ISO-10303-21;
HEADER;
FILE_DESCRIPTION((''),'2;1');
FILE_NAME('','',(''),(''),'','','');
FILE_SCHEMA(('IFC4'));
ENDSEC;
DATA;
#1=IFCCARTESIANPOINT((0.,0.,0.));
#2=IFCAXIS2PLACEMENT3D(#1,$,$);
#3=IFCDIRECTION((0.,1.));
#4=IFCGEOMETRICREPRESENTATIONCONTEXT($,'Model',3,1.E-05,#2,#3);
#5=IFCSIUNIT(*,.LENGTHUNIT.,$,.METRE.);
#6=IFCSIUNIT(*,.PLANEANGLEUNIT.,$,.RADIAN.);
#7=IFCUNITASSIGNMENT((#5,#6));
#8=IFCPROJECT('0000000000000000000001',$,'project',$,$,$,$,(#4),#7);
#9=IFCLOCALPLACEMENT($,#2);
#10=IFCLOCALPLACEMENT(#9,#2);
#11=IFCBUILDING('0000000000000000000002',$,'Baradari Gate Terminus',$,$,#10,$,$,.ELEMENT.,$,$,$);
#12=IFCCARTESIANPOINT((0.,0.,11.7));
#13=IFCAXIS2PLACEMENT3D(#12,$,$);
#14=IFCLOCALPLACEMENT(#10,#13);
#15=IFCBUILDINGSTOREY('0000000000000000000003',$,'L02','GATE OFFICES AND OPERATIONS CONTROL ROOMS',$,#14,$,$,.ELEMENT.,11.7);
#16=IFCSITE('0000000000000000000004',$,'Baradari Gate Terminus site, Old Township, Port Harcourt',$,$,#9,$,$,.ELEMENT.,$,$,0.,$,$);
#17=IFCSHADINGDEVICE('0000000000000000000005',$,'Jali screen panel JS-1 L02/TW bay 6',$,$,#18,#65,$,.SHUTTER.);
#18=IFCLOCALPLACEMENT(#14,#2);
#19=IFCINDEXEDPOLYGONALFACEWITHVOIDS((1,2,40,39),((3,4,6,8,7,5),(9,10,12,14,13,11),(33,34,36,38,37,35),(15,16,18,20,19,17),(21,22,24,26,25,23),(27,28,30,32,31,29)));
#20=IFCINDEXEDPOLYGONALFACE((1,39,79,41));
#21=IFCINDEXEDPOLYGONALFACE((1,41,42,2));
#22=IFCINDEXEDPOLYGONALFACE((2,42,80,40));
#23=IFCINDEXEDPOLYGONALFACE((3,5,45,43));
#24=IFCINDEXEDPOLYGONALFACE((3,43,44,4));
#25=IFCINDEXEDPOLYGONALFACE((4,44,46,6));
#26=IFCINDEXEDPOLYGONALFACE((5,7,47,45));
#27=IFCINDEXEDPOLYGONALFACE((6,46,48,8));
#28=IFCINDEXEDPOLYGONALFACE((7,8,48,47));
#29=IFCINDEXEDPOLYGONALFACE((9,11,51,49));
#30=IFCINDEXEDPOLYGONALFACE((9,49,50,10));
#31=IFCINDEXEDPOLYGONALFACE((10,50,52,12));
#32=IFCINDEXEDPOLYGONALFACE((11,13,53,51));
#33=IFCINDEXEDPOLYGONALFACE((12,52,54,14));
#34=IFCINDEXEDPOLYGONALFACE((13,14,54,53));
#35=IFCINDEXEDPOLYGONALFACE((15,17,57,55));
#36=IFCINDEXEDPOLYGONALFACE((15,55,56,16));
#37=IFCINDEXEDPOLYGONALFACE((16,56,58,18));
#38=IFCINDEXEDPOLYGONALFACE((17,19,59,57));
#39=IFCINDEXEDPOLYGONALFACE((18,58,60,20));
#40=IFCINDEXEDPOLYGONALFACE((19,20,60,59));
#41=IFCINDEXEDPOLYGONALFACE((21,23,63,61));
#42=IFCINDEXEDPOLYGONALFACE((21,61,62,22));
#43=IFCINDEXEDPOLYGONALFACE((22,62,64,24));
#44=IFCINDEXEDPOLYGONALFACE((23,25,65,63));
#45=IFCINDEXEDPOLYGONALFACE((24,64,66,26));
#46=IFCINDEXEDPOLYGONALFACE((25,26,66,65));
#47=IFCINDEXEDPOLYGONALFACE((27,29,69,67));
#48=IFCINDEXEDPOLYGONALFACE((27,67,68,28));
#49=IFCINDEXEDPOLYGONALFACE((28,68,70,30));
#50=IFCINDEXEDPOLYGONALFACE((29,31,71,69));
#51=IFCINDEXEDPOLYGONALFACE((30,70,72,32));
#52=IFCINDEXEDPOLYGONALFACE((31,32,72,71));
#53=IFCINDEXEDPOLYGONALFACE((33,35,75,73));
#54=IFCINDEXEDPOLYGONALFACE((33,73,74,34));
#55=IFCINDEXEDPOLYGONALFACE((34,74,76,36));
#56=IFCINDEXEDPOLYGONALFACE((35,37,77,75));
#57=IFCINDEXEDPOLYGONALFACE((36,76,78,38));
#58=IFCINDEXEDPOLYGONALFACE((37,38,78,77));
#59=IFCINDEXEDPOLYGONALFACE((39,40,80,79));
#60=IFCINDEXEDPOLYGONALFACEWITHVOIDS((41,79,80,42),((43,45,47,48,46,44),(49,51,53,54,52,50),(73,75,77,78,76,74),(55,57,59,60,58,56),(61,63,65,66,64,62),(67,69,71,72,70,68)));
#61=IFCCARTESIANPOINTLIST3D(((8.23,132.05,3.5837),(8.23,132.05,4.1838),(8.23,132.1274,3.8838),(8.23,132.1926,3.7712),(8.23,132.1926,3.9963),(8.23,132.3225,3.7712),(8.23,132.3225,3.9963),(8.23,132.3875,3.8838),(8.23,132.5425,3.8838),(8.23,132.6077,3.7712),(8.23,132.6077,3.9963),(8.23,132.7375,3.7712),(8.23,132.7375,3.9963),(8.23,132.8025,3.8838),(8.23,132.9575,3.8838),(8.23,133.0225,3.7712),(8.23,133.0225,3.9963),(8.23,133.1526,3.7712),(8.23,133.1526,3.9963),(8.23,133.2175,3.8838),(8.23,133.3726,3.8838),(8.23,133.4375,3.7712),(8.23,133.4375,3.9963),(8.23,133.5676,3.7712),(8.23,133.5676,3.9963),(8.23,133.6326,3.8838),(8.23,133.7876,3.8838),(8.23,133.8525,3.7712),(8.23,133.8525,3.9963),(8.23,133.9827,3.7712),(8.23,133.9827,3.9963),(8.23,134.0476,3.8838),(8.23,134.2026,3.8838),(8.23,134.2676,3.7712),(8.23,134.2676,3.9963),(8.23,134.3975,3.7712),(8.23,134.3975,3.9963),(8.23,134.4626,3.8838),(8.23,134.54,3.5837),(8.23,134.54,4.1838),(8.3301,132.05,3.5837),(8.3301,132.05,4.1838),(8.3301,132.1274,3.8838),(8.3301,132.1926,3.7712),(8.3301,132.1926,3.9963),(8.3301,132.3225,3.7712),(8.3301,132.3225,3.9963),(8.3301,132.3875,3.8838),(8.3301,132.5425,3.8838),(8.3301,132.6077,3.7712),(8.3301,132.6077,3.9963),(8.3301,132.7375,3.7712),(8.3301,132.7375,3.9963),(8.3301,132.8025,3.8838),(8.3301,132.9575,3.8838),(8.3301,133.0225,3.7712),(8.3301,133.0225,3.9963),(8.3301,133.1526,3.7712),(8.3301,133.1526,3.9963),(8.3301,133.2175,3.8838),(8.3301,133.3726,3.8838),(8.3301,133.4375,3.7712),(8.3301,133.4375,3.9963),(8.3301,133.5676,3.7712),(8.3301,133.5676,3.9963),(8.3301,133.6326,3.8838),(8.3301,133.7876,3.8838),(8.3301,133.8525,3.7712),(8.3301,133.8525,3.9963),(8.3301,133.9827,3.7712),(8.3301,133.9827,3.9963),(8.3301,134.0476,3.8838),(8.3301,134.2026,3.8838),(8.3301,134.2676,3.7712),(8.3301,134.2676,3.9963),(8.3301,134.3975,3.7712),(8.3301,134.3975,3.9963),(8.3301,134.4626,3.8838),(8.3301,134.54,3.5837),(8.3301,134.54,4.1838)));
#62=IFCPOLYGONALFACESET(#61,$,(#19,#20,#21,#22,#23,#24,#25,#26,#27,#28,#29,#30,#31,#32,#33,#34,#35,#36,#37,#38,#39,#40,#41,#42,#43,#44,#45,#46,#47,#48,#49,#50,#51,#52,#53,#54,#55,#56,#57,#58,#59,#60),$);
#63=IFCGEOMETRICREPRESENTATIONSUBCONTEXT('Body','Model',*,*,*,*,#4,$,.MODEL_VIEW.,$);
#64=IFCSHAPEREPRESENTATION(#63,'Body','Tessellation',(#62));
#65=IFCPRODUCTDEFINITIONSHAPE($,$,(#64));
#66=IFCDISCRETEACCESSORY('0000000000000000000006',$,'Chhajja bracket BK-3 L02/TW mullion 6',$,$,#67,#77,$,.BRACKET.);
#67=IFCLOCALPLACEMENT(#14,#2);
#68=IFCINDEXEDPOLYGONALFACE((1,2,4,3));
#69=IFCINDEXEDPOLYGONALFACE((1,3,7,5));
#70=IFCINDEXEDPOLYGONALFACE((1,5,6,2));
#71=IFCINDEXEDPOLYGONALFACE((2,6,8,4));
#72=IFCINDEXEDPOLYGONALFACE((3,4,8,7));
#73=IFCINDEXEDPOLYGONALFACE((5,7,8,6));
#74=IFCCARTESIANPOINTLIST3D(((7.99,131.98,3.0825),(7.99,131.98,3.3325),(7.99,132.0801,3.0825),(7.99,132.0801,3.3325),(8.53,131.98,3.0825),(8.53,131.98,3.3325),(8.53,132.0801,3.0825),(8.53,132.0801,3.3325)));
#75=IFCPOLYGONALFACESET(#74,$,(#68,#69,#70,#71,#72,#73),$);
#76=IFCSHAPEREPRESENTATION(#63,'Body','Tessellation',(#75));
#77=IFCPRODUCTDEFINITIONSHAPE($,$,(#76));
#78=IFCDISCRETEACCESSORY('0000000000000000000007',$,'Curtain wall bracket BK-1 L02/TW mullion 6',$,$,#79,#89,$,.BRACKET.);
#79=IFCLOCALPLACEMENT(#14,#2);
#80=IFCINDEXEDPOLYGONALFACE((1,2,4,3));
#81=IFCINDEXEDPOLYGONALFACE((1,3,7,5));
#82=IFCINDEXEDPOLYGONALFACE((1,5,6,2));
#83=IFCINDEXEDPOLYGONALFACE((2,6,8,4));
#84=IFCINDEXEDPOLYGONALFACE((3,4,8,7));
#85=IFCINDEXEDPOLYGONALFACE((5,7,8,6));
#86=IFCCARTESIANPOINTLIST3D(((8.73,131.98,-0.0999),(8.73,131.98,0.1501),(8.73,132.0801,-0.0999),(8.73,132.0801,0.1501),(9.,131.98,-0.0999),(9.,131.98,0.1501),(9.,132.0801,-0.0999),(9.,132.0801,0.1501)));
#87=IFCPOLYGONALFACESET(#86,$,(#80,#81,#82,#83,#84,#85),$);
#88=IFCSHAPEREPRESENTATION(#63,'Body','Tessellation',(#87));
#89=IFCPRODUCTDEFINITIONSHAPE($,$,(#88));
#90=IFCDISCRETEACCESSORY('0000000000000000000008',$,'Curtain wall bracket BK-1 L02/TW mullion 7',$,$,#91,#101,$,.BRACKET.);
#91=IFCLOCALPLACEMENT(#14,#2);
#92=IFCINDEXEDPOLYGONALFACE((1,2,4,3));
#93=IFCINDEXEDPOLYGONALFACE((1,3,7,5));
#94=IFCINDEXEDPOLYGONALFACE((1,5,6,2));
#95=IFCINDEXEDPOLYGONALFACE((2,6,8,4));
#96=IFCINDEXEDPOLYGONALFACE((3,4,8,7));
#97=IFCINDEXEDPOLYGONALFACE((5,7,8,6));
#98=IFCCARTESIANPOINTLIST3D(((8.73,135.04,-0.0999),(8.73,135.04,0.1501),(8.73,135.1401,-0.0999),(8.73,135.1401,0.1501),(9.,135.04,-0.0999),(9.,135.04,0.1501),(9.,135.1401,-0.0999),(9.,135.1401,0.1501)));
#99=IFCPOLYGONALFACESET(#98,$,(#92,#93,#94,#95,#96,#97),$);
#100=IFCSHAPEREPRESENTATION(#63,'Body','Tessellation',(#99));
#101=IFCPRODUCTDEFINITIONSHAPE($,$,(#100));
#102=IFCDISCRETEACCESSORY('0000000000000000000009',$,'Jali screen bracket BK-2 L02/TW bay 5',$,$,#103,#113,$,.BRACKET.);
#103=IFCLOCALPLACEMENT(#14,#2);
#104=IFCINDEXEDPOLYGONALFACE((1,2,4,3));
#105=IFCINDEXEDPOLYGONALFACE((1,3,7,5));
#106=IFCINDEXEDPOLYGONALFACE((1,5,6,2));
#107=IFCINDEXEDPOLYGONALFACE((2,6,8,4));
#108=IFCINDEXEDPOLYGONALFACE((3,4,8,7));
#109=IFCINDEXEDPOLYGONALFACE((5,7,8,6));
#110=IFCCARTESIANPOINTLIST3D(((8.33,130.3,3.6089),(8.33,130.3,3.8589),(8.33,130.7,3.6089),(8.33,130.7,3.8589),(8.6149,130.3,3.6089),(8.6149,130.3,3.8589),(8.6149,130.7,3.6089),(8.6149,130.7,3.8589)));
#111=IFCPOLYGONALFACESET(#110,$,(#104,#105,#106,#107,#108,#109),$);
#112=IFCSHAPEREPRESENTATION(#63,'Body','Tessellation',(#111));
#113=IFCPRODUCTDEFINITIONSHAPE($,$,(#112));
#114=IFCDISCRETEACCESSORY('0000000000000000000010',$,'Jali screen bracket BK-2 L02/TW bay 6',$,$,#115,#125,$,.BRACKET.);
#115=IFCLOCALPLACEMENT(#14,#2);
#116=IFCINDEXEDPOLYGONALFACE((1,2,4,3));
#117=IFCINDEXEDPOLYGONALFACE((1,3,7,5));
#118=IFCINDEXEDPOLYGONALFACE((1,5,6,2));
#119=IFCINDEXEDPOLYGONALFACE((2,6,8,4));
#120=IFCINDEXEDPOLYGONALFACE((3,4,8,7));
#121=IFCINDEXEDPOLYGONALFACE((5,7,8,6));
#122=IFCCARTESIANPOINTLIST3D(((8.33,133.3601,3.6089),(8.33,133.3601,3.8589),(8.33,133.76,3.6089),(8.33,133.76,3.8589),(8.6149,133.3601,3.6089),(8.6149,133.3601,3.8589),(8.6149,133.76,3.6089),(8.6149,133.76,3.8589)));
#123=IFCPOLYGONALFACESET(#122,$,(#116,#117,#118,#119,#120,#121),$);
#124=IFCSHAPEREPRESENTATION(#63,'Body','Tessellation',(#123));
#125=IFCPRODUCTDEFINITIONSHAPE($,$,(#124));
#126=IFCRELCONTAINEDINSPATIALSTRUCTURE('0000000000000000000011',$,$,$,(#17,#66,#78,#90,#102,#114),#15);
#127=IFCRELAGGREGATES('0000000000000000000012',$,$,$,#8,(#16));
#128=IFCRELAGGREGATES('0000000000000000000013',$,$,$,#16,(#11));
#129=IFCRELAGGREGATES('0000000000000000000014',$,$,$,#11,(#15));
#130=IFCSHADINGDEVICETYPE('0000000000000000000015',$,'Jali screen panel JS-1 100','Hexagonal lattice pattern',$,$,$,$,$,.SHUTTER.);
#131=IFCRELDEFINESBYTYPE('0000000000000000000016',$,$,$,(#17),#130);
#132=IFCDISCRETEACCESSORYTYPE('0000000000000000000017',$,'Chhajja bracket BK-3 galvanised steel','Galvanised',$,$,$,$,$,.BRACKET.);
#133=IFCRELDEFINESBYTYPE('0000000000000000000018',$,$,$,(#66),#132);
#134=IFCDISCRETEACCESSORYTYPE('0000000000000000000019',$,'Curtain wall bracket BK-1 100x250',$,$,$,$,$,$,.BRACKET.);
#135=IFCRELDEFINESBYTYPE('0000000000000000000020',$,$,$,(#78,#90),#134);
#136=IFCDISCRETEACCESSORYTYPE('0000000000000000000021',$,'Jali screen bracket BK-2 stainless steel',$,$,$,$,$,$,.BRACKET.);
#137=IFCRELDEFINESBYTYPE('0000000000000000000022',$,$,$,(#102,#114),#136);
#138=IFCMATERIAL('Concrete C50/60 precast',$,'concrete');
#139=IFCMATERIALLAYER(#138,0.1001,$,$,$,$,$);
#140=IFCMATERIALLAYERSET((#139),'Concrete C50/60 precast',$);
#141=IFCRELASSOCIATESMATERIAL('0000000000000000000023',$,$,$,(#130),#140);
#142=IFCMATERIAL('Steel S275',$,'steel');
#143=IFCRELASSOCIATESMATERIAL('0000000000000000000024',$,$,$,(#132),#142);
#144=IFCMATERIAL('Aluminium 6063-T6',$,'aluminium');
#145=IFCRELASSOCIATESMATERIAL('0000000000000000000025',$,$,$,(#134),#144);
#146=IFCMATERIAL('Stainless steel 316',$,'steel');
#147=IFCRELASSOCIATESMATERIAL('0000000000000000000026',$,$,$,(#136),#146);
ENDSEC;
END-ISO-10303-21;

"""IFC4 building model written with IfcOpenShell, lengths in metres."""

from ifc_helpers import new_model, si_unit, direction, frame, origin, origin_2d, place, context, subcontext, project, spatial, polyline, rectangle, outline, extrude, material, layer, layer_set, type_object, element, save


model = new_model("IFC4")

# Units and contexts
model_context = context("Model", 3, precision=1e-05, world=origin(), true_north=direction((0.0, 1.0)))
body_context = subcontext(model_context, "Body", "Model", "MODEL_VIEW")
ifc_project = project(units=[si_unit("LENGTHUNIT", "METRE"), si_unit("PLANEANGLEUNIT", "RADIAN")], contexts=[model_context])

# Site, building, storey
site_placement = place(None, origin())
site = spatial("IfcSite", under=ifc_project, at=site_placement, Name="Baradari Gate Terminus site, Old Township, Port Harcourt", CompositionType="ELEMENT", RefElevation=0.0)
building_placement = place(site_placement, origin())
building = spatial("IfcBuilding", under=site, at=building_placement, Name="Baradari Gate Terminus", CompositionType="ELEMENT")
storey_placement = place(building_placement, frame((0.0, 0.0, 11.7)))
storey = spatial("IfcBuildingStorey", under=building, at=storey_placement, Name="L02", Description="GATE OFFICES AND OPERATIONS CONTROL ROOMS", CompositionType="ELEMENT", Elevation=11.7)

# Shading device
ifc_material_1 = material(Name="Concrete C50/60 precast", Category="concrete")
ifc_layer_1 = layer(ifc_material_1, 0.1001)
ifc_layer_set_1 = layer_set([ifc_layer_1], Name="Concrete C50/60 precast")
shading_device_type_1 = type_object("IfcShadingDeviceType", Name="Jali screen panel JS-1 100", Description="Hexagonal lattice pattern", PredefinedType="SHUTTER", material=ifc_layer_set_1)
shading_device_1_placement = place(storey_placement, frame((8.28, 132.05, 3.5837), z_axis=(0.0, 0.0, 1.0), x_axis=(0.0, 1.0, 0.0)))
element("IfcShadingDevice", 1, at=shading_device_1_placement, inside=storey, type_object=shading_device_type_1, Name="Jali screen panel JS-1 L02/TW bay 6", PredefinedType="SHUTTER", context=body_context, shape_type="SweptSolid", body=[
    extrude(outline(polyline([(0.0, 0.0), (2.49, 0.0), (2.49, 0.6001), (0.0, 0.6001), (0.0, 0.0)]), holes=[polyline([(0.3374, 0.3), (0.2725, 0.1875), (0.1426, 0.1875), (0.0774, 0.3), (0.1426, 0.4126), (0.2725, 0.4126), (0.3374, 0.3)]), polyline([(0.7524, 0.3), (0.6875, 0.1875), (0.5576, 0.1875), (0.4924, 0.3), (0.5576, 0.4126), (0.6875, 0.4126), (0.7524, 0.3)]), polyline([(1.1675, 0.3), (1.1025, 0.1875), (0.9724, 0.1875), (0.9075, 0.3), (0.9724, 0.4126), (1.1025, 0.4126), (1.1675, 0.3)]), polyline([(1.5825, 0.3), (1.5176, 0.1875), (1.3875, 0.1875), (1.3225, 0.3), (1.3875, 0.4126), (1.5176, 0.4126), (1.5825, 0.3)]), polyline([(1.9976, 0.3), (1.9326, 0.1875), (1.8025, 0.1875), (1.7375, 0.3), (1.8025, 0.4126), (1.9326, 0.4126), (1.9976, 0.3)]), polyline([(2.4126, 0.3), (2.3474, 0.1875), (2.2175, 0.1875), (2.1526, 0.3), (2.2175, 0.4126), (2.3474, 0.4126), (2.4126, 0.3)])]), frame((0.0, 0.05, 0.0), z_axis=(0.0, -1.0, 0.0), x_axis=(1.0, 0.0, 0.0)), (0.0, 0.0, 1.0), 0.1001),
])

# Discrete accessories
ifc_material_2 = material(Name="Steel S275", Category="steel")
discrete_accessory_type_1 = type_object("IfcDiscreteAccessoryType", Name="Chhajja bracket BK-3 galvanised steel", Description="Galvanised", PredefinedType="BRACKET", material=ifc_material_2)
discrete_accessory_placement = place(storey_placement, frame((8.26, 132.03, 3.0825), z_axis=(0.0, 0.0, 1.0), x_axis=(-1.0, 0.0, 0.0)))
element("IfcDiscreteAccessory", 2, at=discrete_accessory_placement, inside=storey, type_object=discrete_accessory_type_1, Name="Chhajja bracket BK-3 L02/TW mullion 6", PredefinedType="BRACKET", context=body_context, shape_type="SweptSolid", body=[
    extrude(rectangle(XDim=0.54, YDim=0.1001, at=origin_2d()), origin(), (0.0, 0.0, 1.0), 0.25),
])
ifc_material_3 = material(Name="Aluminium 6063-T6", Category="aluminium")
discrete_accessory_type_2 = type_object("IfcDiscreteAccessoryType", Name="Curtain wall bracket BK-1 100x250", PredefinedType="BRACKET", material=ifc_material_3)
for number, where, z_axis, x_axis, name in (
    (3, (8.865, 132.03, -0.0999), (0.0, 0.0, 1.0), (-1.0, 0.0, 0.0), "Curtain wall bracket BK-1 L02/TW mullion 6"),
    (4, (8.865, 135.0901, -0.0999), (0.0, 0.0, 1.0), (-1.0, 0.0, 0.0), "Curtain wall bracket BK-1 L02/TW mullion 7"),
):
    element("IfcDiscreteAccessory", number, at=place(storey_placement, frame(where, z_axis=z_axis, x_axis=x_axis)), inside=storey, type_object=discrete_accessory_type_2, Name=name, PredefinedType="BRACKET", context=body_context, shape_type="SweptSolid", body=[
        extrude(rectangle(XDim=0.27, YDim=0.1001, at=origin_2d()), origin(), (0.0, 0.0, 1.0), 0.25),
    ])
ifc_material_4 = material(Name="Stainless steel 316", Category="steel")
discrete_accessory_type_3 = type_object("IfcDiscreteAccessoryType", Name="Jali screen bracket BK-2 stainless steel", PredefinedType="BRACKET", material=ifc_material_4)
for number, where, z_axis, x_axis, name in (
    (5, (8.4724, 130.5, 3.6089), (0.0, 0.0, 1.0), (-1.0, 0.0, 0.0), "Jali screen bracket BK-2 L02/TW bay 5"),
    (6, (8.4724, 133.5601, 3.6089), (0.0, 0.0, 1.0), (-1.0, 0.0, 0.0), "Jali screen bracket BK-2 L02/TW bay 6"),
):
    element("IfcDiscreteAccessory", number, at=place(storey_placement, frame(where, z_axis=z_axis, x_axis=x_axis)), inside=storey, type_object=discrete_accessory_type_3, Name=name, PredefinedType="BRACKET", context=body_context, shape_type="SweptSolid", body=[
        extrude(rectangle(XDim=0.2849, YDim=0.3999, at=origin_2d()), origin(), (0.0, 0.0, 1.0), 0.25),
    ])

save(model, "model.ifc")
